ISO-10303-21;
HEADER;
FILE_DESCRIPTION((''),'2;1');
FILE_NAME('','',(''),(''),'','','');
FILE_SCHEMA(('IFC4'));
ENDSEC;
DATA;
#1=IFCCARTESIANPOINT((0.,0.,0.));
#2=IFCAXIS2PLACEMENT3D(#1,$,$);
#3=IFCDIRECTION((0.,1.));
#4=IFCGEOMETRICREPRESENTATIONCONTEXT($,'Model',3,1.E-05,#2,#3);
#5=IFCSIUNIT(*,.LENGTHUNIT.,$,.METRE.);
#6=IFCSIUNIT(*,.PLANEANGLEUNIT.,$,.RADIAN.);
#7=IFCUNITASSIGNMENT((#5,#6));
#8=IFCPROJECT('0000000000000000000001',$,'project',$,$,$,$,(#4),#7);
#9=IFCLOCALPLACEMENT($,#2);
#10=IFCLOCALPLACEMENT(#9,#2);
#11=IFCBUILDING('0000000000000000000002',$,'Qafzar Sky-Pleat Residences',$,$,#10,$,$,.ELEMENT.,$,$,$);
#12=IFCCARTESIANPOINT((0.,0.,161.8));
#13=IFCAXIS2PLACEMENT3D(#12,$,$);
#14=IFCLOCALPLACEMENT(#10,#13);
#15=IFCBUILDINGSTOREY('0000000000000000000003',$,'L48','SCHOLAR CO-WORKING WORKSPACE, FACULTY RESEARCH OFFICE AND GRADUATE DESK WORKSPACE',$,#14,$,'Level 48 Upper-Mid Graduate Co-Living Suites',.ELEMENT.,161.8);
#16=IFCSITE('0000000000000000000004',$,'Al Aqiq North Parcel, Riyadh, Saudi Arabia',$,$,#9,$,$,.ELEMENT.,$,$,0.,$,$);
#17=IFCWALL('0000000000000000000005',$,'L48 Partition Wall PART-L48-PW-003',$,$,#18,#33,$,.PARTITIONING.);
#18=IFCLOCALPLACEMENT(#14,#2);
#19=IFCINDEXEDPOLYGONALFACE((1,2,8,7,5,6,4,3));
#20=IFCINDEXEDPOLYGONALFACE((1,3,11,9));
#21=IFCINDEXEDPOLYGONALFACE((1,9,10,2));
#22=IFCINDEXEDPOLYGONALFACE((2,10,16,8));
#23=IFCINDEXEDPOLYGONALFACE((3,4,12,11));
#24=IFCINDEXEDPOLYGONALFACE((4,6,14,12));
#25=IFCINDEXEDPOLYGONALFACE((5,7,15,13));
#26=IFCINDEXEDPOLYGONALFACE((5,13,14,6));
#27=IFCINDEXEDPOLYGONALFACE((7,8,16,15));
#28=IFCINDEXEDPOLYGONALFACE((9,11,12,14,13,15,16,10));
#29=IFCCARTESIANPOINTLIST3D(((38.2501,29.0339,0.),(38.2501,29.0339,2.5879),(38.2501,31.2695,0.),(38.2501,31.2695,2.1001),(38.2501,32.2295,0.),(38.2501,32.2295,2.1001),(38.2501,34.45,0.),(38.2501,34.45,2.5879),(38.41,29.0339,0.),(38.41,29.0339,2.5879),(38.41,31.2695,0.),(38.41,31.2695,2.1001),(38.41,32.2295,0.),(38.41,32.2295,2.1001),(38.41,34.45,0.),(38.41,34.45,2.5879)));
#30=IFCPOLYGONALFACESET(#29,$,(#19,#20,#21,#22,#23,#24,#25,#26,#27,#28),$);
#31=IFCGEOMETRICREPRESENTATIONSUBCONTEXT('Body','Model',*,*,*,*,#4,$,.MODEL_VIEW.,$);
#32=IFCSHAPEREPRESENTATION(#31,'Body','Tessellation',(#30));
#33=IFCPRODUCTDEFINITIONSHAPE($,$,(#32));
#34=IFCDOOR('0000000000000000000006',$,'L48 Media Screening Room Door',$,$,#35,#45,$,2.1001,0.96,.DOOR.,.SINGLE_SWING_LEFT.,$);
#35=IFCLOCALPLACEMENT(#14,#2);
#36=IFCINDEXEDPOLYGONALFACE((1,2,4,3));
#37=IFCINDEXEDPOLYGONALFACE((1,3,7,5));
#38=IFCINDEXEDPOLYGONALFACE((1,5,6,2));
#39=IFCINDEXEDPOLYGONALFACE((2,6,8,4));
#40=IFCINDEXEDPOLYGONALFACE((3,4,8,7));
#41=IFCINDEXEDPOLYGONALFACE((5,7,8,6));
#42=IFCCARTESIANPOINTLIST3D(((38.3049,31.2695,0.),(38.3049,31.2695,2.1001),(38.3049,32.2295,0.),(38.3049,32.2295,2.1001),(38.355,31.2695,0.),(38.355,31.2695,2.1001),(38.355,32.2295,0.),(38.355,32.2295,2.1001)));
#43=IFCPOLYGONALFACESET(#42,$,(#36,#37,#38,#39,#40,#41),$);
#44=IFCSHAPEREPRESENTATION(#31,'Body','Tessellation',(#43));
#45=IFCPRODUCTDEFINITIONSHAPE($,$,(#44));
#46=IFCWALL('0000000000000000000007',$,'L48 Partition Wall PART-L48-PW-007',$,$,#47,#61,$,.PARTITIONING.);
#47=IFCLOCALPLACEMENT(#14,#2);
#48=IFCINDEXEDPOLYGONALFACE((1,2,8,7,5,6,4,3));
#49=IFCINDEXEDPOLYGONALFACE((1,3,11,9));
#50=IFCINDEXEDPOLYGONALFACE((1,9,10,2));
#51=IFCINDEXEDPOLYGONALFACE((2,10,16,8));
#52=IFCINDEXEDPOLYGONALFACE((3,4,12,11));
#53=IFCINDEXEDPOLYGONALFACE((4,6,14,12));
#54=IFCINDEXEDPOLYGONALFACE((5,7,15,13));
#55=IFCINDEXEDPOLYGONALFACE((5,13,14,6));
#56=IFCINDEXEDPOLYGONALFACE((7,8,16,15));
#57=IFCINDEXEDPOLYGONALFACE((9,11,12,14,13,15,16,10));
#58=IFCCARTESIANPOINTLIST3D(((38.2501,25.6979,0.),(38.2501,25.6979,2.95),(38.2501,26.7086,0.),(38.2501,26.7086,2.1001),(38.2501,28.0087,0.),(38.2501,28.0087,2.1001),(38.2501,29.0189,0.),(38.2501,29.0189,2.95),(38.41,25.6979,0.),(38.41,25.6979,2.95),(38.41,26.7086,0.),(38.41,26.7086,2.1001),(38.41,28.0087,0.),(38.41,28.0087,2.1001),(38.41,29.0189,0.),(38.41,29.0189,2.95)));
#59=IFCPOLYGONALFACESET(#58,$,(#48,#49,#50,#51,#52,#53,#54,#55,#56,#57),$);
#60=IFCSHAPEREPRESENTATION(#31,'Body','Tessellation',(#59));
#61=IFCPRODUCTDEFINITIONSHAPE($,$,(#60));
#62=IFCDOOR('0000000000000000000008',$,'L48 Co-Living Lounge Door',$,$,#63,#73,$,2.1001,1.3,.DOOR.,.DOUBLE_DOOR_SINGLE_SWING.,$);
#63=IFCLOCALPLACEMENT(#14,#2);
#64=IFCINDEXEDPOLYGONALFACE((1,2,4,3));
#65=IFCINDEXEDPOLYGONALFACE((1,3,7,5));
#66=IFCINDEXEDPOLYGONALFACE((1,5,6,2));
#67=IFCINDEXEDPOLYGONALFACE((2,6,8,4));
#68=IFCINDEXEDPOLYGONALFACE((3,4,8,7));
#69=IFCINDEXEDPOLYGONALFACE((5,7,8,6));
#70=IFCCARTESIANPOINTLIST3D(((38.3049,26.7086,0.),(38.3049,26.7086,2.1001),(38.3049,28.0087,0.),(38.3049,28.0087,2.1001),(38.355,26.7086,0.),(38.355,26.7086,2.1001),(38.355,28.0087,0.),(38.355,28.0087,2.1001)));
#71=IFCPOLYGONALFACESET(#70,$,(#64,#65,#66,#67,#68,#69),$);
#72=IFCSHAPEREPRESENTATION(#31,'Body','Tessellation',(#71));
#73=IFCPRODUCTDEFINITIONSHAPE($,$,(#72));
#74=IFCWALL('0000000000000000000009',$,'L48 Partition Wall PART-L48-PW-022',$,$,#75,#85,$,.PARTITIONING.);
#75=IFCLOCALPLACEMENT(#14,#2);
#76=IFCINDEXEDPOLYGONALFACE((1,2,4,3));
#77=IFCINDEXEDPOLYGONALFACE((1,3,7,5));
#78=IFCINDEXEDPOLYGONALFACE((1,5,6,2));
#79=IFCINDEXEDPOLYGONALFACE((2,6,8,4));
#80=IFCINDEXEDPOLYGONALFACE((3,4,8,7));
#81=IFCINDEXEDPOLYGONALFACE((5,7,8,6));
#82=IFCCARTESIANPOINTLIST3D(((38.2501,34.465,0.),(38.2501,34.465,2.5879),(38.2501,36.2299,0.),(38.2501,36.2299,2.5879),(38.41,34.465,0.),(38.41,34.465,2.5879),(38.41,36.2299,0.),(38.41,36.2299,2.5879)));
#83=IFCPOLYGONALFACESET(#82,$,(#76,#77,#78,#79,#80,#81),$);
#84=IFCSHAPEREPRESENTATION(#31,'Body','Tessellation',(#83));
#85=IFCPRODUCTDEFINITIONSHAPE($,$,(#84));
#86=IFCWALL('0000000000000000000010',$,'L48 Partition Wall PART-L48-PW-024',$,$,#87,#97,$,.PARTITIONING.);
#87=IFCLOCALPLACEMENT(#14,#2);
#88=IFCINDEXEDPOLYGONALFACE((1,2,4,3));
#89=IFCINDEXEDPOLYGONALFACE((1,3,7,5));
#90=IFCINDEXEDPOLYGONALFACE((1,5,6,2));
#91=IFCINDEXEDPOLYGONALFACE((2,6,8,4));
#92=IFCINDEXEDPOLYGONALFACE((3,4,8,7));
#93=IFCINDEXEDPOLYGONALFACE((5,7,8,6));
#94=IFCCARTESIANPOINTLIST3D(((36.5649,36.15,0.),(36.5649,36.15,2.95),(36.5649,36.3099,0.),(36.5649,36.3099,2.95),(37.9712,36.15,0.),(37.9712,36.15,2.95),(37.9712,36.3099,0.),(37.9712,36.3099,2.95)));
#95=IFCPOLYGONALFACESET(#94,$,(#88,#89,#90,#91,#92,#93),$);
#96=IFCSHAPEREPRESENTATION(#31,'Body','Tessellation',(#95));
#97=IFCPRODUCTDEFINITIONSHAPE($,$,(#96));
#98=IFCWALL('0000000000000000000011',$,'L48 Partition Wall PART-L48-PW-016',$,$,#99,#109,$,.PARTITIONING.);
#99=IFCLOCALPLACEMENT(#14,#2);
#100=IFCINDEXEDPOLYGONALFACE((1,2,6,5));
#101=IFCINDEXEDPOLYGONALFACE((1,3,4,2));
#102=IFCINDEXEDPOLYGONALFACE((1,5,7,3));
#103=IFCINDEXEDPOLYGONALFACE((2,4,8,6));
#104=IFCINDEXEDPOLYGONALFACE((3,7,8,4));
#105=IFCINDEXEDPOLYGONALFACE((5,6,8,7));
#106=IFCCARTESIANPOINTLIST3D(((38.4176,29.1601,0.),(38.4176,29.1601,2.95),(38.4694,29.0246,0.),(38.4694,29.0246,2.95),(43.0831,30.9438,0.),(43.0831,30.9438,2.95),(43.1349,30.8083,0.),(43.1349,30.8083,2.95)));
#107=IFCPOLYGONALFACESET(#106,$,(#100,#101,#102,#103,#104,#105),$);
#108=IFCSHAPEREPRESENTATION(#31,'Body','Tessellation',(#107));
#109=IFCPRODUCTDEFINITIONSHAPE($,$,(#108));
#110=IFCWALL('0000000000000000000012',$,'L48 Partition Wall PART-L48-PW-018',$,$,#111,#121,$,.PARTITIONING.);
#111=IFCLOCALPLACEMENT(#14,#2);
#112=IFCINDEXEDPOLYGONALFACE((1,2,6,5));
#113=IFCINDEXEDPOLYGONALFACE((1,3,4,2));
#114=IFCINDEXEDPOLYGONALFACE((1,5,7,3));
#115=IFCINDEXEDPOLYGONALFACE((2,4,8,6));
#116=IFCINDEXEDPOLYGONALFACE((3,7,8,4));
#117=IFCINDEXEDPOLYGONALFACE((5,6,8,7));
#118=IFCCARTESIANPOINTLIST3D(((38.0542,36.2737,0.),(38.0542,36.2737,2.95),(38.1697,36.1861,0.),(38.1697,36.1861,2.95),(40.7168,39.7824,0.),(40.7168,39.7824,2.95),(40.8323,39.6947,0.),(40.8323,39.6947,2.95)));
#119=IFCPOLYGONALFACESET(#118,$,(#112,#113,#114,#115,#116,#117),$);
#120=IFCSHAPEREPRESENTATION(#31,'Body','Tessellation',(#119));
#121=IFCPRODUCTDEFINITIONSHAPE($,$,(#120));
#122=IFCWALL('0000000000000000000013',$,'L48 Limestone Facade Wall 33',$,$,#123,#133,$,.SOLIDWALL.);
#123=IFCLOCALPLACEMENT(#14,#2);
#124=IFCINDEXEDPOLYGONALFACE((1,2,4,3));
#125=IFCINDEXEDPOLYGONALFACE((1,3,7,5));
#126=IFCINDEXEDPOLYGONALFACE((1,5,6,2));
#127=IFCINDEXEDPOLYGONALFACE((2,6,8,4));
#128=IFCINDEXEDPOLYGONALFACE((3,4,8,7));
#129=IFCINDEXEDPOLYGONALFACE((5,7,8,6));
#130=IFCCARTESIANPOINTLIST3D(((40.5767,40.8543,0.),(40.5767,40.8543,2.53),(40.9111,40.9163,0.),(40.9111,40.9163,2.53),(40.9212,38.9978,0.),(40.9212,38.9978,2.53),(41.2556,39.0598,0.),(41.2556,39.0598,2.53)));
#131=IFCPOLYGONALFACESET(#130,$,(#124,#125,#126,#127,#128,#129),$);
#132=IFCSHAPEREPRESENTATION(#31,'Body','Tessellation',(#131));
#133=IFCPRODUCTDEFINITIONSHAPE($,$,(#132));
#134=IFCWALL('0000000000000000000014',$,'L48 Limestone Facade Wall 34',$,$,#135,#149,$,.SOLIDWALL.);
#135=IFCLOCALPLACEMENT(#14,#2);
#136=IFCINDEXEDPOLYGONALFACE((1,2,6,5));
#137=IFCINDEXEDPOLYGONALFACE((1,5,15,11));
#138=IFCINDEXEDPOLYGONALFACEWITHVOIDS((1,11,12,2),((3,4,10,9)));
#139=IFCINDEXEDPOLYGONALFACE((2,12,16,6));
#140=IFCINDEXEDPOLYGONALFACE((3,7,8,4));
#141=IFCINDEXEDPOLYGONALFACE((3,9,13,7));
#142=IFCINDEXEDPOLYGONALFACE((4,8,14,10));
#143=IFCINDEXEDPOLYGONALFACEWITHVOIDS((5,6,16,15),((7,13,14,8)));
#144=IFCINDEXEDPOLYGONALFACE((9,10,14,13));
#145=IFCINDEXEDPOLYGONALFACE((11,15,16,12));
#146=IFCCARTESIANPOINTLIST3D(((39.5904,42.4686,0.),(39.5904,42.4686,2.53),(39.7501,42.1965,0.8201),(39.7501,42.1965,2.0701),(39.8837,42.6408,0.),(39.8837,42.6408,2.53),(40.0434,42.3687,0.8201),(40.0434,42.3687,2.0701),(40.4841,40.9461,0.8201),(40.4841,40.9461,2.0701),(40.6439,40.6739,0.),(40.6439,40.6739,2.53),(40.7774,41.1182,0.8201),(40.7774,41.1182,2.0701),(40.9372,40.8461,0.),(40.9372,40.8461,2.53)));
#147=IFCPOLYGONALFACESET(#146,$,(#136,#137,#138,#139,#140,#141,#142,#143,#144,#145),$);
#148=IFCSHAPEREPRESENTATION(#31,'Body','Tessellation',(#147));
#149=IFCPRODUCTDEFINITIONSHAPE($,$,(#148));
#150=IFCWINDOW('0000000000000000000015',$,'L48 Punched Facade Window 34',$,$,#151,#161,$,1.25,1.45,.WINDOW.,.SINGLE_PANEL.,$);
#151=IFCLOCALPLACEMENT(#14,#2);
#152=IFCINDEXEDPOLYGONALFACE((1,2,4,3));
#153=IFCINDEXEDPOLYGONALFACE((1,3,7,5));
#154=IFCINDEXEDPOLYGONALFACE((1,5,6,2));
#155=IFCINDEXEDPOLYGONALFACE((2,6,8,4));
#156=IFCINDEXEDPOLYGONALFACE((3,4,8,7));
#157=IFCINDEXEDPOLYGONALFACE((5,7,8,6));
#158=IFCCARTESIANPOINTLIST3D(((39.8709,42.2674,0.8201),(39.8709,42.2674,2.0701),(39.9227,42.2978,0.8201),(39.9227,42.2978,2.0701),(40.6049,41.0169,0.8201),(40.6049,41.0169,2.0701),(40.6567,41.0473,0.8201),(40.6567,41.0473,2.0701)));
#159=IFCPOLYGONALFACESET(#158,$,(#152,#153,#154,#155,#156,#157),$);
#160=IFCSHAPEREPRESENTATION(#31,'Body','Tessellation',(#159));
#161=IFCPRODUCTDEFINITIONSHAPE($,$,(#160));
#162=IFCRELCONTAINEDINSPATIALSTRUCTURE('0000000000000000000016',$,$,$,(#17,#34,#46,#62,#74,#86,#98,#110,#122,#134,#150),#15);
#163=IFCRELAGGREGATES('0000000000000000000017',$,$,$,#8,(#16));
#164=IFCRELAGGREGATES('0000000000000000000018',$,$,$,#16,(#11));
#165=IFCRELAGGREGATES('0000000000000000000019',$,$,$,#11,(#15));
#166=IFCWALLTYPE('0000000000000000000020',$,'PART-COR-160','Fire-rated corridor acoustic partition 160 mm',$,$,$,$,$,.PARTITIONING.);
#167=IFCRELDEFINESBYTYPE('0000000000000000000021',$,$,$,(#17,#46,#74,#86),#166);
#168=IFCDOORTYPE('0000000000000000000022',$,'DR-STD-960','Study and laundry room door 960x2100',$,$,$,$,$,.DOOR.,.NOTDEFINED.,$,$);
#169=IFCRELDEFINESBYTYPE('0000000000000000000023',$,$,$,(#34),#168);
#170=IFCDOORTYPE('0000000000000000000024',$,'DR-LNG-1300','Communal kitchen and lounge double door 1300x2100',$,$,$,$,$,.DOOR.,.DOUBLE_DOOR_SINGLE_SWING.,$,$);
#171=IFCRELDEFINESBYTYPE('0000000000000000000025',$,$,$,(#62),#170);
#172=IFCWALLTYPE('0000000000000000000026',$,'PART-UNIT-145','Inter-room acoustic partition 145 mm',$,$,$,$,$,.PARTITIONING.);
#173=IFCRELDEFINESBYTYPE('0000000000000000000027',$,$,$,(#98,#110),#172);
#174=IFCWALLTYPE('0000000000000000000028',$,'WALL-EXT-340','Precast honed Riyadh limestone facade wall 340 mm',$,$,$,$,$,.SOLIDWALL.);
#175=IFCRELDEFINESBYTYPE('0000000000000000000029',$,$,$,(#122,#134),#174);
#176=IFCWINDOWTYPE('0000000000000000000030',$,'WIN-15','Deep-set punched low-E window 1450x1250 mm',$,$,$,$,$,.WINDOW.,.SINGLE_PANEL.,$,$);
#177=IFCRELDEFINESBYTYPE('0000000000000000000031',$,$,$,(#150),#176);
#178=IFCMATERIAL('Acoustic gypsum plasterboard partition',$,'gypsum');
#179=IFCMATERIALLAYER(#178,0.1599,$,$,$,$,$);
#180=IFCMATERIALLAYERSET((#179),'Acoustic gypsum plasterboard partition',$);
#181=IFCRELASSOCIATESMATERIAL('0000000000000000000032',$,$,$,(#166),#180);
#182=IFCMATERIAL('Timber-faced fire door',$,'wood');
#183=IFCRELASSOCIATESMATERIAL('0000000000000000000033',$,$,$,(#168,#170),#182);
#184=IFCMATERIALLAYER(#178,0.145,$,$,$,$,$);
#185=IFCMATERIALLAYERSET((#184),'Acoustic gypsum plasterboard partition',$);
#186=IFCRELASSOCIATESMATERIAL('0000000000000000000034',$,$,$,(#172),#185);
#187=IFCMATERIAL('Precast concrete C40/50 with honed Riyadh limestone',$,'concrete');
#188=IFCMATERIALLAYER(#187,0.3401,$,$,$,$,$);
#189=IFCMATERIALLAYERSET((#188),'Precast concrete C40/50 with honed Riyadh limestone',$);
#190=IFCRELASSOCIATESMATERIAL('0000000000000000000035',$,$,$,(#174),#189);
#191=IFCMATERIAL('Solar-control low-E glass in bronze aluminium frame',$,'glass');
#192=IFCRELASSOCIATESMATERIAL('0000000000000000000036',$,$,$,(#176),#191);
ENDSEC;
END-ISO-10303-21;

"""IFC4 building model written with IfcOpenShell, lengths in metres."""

from ifc_helpers import new_model, si_unit, direction, frame, frame_2d, origin, place, context, subcontext, project, spatial, rectangle, extrude, source, transform, mapped, material, layer, layer_set, type_object, element, fill, save


model = new_model("IFC4")

# Units and contexts
model_context = context("Model", 3, precision=1e-05, world=origin(), true_north=direction((0.0, 1.0)))
body_context = subcontext(model_context, "Body", "Model", "MODEL_VIEW")
ifc_project = project(units=[si_unit("LENGTHUNIT", "METRE"), si_unit("PLANEANGLEUNIT", "RADIAN")], contexts=[model_context])

# Site, building, storey
site_placement = place(None, origin())
site = spatial("IfcSite", under=ifc_project, at=site_placement, Name="Al Aqiq North Parcel, Riyadh, Saudi Arabia", CompositionType="ELEMENT", RefElevation=0.0)
building_placement = place(site_placement, origin())
building = spatial("IfcBuilding", under=site, at=building_placement, Name="Qafzar Sky-Pleat Residences", CompositionType="ELEMENT")
storey_placement = place(building_placement, frame((0.0, 0.0, 161.8)))
storey = spatial("IfcBuildingStorey", under=building, at=storey_placement, Name="L48", Description="SCHOLAR CO-WORKING WORKSPACE, FACULTY RESEARCH OFFICE AND GRADUATE DESK WORKSPACE", LongName="Level 48 Upper-Mid Graduate Co-Living Suites", CompositionType="ELEMENT", Elevation=161.8)

# Walls, openings, doors
ifc_material_1 = material(Name="Acoustic gypsum plasterboard partition", Category="gypsum")
ifc_layer_1 = layer(ifc_material_1, 0.1599)
ifc_layer_set_1 = layer_set([ifc_layer_1], Name="Acoustic gypsum plasterboard partition")
wall_type_1 = type_object("IfcWallType", Name="PART-COR-160", Description="Fire-rated corridor acoustic partition 160 mm", PredefinedType="PARTITIONING", material=ifc_layer_set_1)
wall_1_placement = place(storey_placement, frame((38.3301, 34.45, 0.0), z_axis=(0.0, 0.0, 1.0), x_axis=(0.0, -1.0, 0.0)))
wall_1 = element("IfcWall", 1, at=wall_1_placement, inside=storey, type_object=wall_type_1, Name="L48 Partition Wall PART-L48-PW-003", PredefinedType="PARTITIONING", context=body_context, shape_type="SweptSolid", body=[
    extrude(rectangle(XDim=5.416, YDim=0.1599, at=frame_2d((2.708, 0.0))), origin(), (0.0, 0.0, 1.0), 2.5879),
])
opening_1_placement = place(wall_1_placement, frame((2.2205, 0.0, 0.0)))
opening_1 = element("IfcOpeningElement", 2, at=opening_1_placement, cuts=wall_1, PredefinedType="OPENING", context=body_context, shape_type="SweptSolid", body=[
    extrude(rectangle(XDim=0.96, YDim=2.1001, at=frame_2d((0.48, 1.05))), frame((0.0, 0.0898, 0.0), z_axis=(0.0, -1.0, 0.0), x_axis=(1.0, 0.0, 0.0)), (0.0, 0.0, 1.0), 0.1799),
])
ifc_material_2 = material(Name="Timber-faced fire door", Category="wood")
door_type_1 = type_object("IfcDoorType", Name="DR-STD-960", Description="Study and laundry room door 960x2100", OperationType="NOTDEFINED", PredefinedType="DOOR", material=ifc_material_2)
shared_shape_1 = source(origin(), body_context, "Body", "SweptSolid", [
    extrude(rectangle(XDim=0.96, YDim=2.1001, at=frame_2d((0.48, 1.05))), frame((0.0, 0.0249, 0.0), z_axis=(0.0, -1.0, 0.0), x_axis=(1.0, 0.0, 0.0)), (0.0, 0.0, 1.0), 0.05),
])
door_1_placement = place(opening_1_placement, origin())
door_1 = element("IfcDoor", 3, at=door_1_placement, inside=storey, type_object=door_type_1, Name="L48 Media Screening Room Door", OperationType="SINGLE_SWING_LEFT", OverallHeight=2.1001, OverallWidth=0.96, PredefinedType="DOOR", context=body_context, shape_type="MappedRepresentation", body=[
    mapped(shared_shape_1, transform((0.0, 0.0, 0.0), x_axis=(1.0, 0.0, 0.0), y_axis=(0.0, 1.0, 0.0), z_axis=(0.0, 0.0, 1.0), scale=1.0)),
])
fill(opening_1, door_1)
wall_2_placement = place(storey_placement, frame((38.3301, 29.019, 0.0), z_axis=(0.0, 0.0, 1.0), x_axis=(0.0, -1.0, 0.0)))
wall_2 = element("IfcWall", 4, at=wall_2_placement, inside=storey, type_object=wall_type_1, Name="L48 Partition Wall PART-L48-PW-007", PredefinedType="PARTITIONING", context=body_context, shape_type="SweptSolid", body=[
    extrude(rectangle(XDim=3.321, YDim=0.1599, at=frame_2d((1.6606, 0.0))), origin(), (0.0, 0.0, 1.0), 2.95),
])
opening_2_placement = place(wall_2_placement, frame((1.0105, 0.0, 0.0)))
opening_2 = element("IfcOpeningElement", 5, at=opening_2_placement, cuts=wall_2, PredefinedType="OPENING", context=body_context, shape_type="SweptSolid", body=[
    extrude(rectangle(XDim=1.3, YDim=2.1001, at=frame_2d((0.6499, 1.05))), frame((0.0, 0.0898, 0.0), z_axis=(0.0, -1.0, 0.0), x_axis=(1.0, 0.0, 0.0)), (0.0, 0.0, 1.0), 0.1799),
])
door_type_2 = type_object("IfcDoorType", Name="DR-LNG-1300", Description="Communal kitchen and lounge double door 1300x2100", OperationType="DOUBLE_DOOR_SINGLE_SWING", PredefinedType="DOOR", material=ifc_material_2)
shared_shape_2 = source(origin(), body_context, "Body", "SweptSolid", [
    extrude(rectangle(XDim=1.3, YDim=2.1001, at=frame_2d((0.6499, 1.05))), frame((0.0, 0.0249, 0.0), z_axis=(0.0, -1.0, 0.0), x_axis=(1.0, 0.0, 0.0)), (0.0, 0.0, 1.0), 0.05),
])
door_2_placement = place(opening_2_placement, origin())
door_2 = element("IfcDoor", 6, at=door_2_placement, inside=storey, type_object=door_type_2, Name="L48 Co-Living Lounge Door", OperationType="DOUBLE_DOOR_SINGLE_SWING", OverallHeight=2.1001, OverallWidth=1.3, PredefinedType="DOOR", context=body_context, shape_type="MappedRepresentation", body=[
    mapped(shared_shape_2, transform((0.0, 0.0, 0.0), x_axis=(1.0, 0.0, 0.0), y_axis=(0.0, 1.0, 0.0), z_axis=(0.0, 0.0, 1.0), scale=1.0)),
])
fill(opening_2, door_2)

# Walls
wall_3_placement = place(storey_placement, frame((38.3301, 34.4651, 0.0), z_axis=(0.0, 0.0, 1.0), x_axis=(0.0, 1.0, 0.0)))
element("IfcWall", 7, at=wall_3_placement, inside=storey, type_object=wall_type_1, Name="L48 Partition Wall PART-L48-PW-022", PredefinedType="PARTITIONING", context=body_context, shape_type="SweptSolid", body=[
    extrude(rectangle(XDim=1.7649, YDim=0.1599, at=frame_2d((0.8823, 0.0))), origin(), (0.0, 0.0, 1.0), 2.5879),
])
wall_4_placement = place(storey_placement, frame((36.5649, 36.23, 0.0), z_axis=(0.0, 0.0, 1.0), x_axis=(1.0, 0.0, 0.0)))
element("IfcWall", 8, at=wall_4_placement, inside=storey, type_object=wall_type_1, Name="L48 Partition Wall PART-L48-PW-024", PredefinedType="PARTITIONING", context=body_context, shape_type="SweptSolid", body=[
    extrude(rectangle(XDim=1.4062, YDim=0.1599, at=frame_2d((0.7031, 0.0))), origin(), (0.0, 0.0, 1.0), 2.95),
])
ifc_layer_2 = layer(ifc_material_1, 0.145)
ifc_layer_set_2 = layer_set([ifc_layer_2], Name="Acoustic gypsum plasterboard partition")
wall_type_2 = type_object("IfcWallType", Name="PART-UNIT-145", Description="Inter-room acoustic partition 145 mm", PredefinedType="PARTITIONING", material=ifc_layer_set_2)
wall_5_placement = place(storey_placement, frame((38.4434, 29.0923, 0.0), z_axis=(0.0, 0.0, 1.0), x_axis=(0.934064, 0.357105, 0.0)))
element("IfcWall", 9, at=wall_5_placement, inside=storey, type_object=wall_type_2, Name="L48 Partition Wall PART-L48-PW-016", PredefinedType="PARTITIONING", context=body_context, shape_type="SweptSolid", body=[
    extrude(rectangle(XDim=4.9949, YDim=0.145, at=frame_2d((2.4976, 0.0))), origin(), (0.0, 0.0, 1.0), 2.95),
])
wall_6_placement = place(storey_placement, frame((38.1121, 36.23, 0.0), z_axis=(0.0, 0.0, 1.0), x_axis=(0.604496, 0.796608, 0.0)))
element("IfcWall", 10, at=wall_6_placement, inside=storey, type_object=wall_type_2, Name="L48 Partition Wall PART-L48-PW-018", PredefinedType="PARTITIONING", context=body_context, shape_type="SweptSolid", body=[
    extrude(rectangle(XDim=4.4045, YDim=0.145, at=frame_2d((2.2021, 0.0))), origin(), (0.0, 0.0, 1.0), 2.95),
])
ifc_material_3 = material(Name="Precast concrete C40/50 with honed Riyadh limestone", Category="concrete")
ifc_layer_3 = layer(ifc_material_3, 0.3401)
ifc_layer_set_3 = layer_set([ifc_layer_3], Name="Precast concrete C40/50 with honed Riyadh limestone")
wall_type_3 = type_object("IfcWallType", Name="WALL-EXT-340", Description="Precast honed Riyadh limestone facade wall 340 mm", PredefinedType="SOLIDWALL", material=ifc_layer_set_3)
wall_7_placement = place(storey_placement, frame((41.0884, 39.0288, 0.0), z_axis=(0.0, 0.0, 1.0), x_axis=(-0.182446, 0.983216, 0.0)))
element("IfcWall", 11, at=wall_7_placement, inside=storey, type_object=wall_type_3, Name="L48 Limestone Facade Wall 33", PredefinedType="SOLIDWALL", context=body_context, shape_type="SweptSolid", body=[
    extrude(rectangle(XDim=1.8882, YDim=0.3401, at=frame_2d((0.9441, 0.0))), origin(), (0.0, 0.0, 1.0), 2.53),
])

# Wall, opening, window
wall_8_placement = place(storey_placement, frame((40.7905, 40.76, 0.0), z_axis=(0.0, 0.0, 1.0), x_axis=(-0.506225, 0.862401, 0.0)))
wall_8 = element("IfcWall", 12, at=wall_8_placement, inside=storey, type_object=wall_type_3, Name="L48 Limestone Facade Wall 34", PredefinedType="SOLIDWALL", context=body_context, shape_type="SweptSolid", body=[
    extrude(rectangle(XDim=2.0811, YDim=0.3401, at=frame_2d((1.0405, 0.0))), origin(), (0.0, 0.0, 1.0), 2.53),
])
opening_3_placement = place(wall_8_placement, frame((0.3154, 0.0, 0.8201)))
opening_3 = element("IfcOpeningElement", 13, at=opening_3_placement, cuts=wall_8, PredefinedType="OPENING", context=body_context, shape_type="SweptSolid", body=[
    extrude(rectangle(XDim=1.45, YDim=1.25, at=frame_2d((0.7251, 0.625))), frame((0.0, 0.1802, 0.0), z_axis=(0.0, -1.0, 0.0), x_axis=(1.0, 0.0, 0.0)), (0.0, 0.0, 1.0), 0.3601),
])
ifc_material_4 = material(Name="Solar-control low-E glass in bronze aluminium frame", Category="glass")
window_type_1 = type_object("IfcWindowType", Name="WIN-15", Description="Deep-set punched low-E window 1450x1250 mm", PartitioningType="SINGLE_PANEL", PredefinedType="WINDOW", material=ifc_material_4)
shared_shape_3 = source(origin(), body_context, "Body", "SweptSolid", [
    extrude(rectangle(XDim=1.45, YDim=1.25, at=frame_2d((0.7251, 0.625))), frame((0.0, 0.03, 0.0), z_axis=(0.0, -1.0, 0.0), x_axis=(1.0, 0.0, 0.0)), (0.0, 0.0, 1.0), 0.0601),
])
window_1_placement = place(opening_3_placement, origin())
window_1 = element("IfcWindow", 14, at=window_1_placement, inside=storey, type_object=window_type_1, Name="L48 Punched Facade Window 34", OverallHeight=1.25, OverallWidth=1.45, PartitioningType="SINGLE_PANEL", PredefinedType="WINDOW", context=body_context, shape_type="MappedRepresentation", body=[
    mapped(shared_shape_3, transform((0.0, 0.0, 0.0), x_axis=(1.0, 0.0, 0.0), y_axis=(0.0, 1.0, 0.0), z_axis=(0.0, 0.0, 1.0), scale=1.0)),
])
fill(opening_3, window_1)

save(model, "model.ifc")
